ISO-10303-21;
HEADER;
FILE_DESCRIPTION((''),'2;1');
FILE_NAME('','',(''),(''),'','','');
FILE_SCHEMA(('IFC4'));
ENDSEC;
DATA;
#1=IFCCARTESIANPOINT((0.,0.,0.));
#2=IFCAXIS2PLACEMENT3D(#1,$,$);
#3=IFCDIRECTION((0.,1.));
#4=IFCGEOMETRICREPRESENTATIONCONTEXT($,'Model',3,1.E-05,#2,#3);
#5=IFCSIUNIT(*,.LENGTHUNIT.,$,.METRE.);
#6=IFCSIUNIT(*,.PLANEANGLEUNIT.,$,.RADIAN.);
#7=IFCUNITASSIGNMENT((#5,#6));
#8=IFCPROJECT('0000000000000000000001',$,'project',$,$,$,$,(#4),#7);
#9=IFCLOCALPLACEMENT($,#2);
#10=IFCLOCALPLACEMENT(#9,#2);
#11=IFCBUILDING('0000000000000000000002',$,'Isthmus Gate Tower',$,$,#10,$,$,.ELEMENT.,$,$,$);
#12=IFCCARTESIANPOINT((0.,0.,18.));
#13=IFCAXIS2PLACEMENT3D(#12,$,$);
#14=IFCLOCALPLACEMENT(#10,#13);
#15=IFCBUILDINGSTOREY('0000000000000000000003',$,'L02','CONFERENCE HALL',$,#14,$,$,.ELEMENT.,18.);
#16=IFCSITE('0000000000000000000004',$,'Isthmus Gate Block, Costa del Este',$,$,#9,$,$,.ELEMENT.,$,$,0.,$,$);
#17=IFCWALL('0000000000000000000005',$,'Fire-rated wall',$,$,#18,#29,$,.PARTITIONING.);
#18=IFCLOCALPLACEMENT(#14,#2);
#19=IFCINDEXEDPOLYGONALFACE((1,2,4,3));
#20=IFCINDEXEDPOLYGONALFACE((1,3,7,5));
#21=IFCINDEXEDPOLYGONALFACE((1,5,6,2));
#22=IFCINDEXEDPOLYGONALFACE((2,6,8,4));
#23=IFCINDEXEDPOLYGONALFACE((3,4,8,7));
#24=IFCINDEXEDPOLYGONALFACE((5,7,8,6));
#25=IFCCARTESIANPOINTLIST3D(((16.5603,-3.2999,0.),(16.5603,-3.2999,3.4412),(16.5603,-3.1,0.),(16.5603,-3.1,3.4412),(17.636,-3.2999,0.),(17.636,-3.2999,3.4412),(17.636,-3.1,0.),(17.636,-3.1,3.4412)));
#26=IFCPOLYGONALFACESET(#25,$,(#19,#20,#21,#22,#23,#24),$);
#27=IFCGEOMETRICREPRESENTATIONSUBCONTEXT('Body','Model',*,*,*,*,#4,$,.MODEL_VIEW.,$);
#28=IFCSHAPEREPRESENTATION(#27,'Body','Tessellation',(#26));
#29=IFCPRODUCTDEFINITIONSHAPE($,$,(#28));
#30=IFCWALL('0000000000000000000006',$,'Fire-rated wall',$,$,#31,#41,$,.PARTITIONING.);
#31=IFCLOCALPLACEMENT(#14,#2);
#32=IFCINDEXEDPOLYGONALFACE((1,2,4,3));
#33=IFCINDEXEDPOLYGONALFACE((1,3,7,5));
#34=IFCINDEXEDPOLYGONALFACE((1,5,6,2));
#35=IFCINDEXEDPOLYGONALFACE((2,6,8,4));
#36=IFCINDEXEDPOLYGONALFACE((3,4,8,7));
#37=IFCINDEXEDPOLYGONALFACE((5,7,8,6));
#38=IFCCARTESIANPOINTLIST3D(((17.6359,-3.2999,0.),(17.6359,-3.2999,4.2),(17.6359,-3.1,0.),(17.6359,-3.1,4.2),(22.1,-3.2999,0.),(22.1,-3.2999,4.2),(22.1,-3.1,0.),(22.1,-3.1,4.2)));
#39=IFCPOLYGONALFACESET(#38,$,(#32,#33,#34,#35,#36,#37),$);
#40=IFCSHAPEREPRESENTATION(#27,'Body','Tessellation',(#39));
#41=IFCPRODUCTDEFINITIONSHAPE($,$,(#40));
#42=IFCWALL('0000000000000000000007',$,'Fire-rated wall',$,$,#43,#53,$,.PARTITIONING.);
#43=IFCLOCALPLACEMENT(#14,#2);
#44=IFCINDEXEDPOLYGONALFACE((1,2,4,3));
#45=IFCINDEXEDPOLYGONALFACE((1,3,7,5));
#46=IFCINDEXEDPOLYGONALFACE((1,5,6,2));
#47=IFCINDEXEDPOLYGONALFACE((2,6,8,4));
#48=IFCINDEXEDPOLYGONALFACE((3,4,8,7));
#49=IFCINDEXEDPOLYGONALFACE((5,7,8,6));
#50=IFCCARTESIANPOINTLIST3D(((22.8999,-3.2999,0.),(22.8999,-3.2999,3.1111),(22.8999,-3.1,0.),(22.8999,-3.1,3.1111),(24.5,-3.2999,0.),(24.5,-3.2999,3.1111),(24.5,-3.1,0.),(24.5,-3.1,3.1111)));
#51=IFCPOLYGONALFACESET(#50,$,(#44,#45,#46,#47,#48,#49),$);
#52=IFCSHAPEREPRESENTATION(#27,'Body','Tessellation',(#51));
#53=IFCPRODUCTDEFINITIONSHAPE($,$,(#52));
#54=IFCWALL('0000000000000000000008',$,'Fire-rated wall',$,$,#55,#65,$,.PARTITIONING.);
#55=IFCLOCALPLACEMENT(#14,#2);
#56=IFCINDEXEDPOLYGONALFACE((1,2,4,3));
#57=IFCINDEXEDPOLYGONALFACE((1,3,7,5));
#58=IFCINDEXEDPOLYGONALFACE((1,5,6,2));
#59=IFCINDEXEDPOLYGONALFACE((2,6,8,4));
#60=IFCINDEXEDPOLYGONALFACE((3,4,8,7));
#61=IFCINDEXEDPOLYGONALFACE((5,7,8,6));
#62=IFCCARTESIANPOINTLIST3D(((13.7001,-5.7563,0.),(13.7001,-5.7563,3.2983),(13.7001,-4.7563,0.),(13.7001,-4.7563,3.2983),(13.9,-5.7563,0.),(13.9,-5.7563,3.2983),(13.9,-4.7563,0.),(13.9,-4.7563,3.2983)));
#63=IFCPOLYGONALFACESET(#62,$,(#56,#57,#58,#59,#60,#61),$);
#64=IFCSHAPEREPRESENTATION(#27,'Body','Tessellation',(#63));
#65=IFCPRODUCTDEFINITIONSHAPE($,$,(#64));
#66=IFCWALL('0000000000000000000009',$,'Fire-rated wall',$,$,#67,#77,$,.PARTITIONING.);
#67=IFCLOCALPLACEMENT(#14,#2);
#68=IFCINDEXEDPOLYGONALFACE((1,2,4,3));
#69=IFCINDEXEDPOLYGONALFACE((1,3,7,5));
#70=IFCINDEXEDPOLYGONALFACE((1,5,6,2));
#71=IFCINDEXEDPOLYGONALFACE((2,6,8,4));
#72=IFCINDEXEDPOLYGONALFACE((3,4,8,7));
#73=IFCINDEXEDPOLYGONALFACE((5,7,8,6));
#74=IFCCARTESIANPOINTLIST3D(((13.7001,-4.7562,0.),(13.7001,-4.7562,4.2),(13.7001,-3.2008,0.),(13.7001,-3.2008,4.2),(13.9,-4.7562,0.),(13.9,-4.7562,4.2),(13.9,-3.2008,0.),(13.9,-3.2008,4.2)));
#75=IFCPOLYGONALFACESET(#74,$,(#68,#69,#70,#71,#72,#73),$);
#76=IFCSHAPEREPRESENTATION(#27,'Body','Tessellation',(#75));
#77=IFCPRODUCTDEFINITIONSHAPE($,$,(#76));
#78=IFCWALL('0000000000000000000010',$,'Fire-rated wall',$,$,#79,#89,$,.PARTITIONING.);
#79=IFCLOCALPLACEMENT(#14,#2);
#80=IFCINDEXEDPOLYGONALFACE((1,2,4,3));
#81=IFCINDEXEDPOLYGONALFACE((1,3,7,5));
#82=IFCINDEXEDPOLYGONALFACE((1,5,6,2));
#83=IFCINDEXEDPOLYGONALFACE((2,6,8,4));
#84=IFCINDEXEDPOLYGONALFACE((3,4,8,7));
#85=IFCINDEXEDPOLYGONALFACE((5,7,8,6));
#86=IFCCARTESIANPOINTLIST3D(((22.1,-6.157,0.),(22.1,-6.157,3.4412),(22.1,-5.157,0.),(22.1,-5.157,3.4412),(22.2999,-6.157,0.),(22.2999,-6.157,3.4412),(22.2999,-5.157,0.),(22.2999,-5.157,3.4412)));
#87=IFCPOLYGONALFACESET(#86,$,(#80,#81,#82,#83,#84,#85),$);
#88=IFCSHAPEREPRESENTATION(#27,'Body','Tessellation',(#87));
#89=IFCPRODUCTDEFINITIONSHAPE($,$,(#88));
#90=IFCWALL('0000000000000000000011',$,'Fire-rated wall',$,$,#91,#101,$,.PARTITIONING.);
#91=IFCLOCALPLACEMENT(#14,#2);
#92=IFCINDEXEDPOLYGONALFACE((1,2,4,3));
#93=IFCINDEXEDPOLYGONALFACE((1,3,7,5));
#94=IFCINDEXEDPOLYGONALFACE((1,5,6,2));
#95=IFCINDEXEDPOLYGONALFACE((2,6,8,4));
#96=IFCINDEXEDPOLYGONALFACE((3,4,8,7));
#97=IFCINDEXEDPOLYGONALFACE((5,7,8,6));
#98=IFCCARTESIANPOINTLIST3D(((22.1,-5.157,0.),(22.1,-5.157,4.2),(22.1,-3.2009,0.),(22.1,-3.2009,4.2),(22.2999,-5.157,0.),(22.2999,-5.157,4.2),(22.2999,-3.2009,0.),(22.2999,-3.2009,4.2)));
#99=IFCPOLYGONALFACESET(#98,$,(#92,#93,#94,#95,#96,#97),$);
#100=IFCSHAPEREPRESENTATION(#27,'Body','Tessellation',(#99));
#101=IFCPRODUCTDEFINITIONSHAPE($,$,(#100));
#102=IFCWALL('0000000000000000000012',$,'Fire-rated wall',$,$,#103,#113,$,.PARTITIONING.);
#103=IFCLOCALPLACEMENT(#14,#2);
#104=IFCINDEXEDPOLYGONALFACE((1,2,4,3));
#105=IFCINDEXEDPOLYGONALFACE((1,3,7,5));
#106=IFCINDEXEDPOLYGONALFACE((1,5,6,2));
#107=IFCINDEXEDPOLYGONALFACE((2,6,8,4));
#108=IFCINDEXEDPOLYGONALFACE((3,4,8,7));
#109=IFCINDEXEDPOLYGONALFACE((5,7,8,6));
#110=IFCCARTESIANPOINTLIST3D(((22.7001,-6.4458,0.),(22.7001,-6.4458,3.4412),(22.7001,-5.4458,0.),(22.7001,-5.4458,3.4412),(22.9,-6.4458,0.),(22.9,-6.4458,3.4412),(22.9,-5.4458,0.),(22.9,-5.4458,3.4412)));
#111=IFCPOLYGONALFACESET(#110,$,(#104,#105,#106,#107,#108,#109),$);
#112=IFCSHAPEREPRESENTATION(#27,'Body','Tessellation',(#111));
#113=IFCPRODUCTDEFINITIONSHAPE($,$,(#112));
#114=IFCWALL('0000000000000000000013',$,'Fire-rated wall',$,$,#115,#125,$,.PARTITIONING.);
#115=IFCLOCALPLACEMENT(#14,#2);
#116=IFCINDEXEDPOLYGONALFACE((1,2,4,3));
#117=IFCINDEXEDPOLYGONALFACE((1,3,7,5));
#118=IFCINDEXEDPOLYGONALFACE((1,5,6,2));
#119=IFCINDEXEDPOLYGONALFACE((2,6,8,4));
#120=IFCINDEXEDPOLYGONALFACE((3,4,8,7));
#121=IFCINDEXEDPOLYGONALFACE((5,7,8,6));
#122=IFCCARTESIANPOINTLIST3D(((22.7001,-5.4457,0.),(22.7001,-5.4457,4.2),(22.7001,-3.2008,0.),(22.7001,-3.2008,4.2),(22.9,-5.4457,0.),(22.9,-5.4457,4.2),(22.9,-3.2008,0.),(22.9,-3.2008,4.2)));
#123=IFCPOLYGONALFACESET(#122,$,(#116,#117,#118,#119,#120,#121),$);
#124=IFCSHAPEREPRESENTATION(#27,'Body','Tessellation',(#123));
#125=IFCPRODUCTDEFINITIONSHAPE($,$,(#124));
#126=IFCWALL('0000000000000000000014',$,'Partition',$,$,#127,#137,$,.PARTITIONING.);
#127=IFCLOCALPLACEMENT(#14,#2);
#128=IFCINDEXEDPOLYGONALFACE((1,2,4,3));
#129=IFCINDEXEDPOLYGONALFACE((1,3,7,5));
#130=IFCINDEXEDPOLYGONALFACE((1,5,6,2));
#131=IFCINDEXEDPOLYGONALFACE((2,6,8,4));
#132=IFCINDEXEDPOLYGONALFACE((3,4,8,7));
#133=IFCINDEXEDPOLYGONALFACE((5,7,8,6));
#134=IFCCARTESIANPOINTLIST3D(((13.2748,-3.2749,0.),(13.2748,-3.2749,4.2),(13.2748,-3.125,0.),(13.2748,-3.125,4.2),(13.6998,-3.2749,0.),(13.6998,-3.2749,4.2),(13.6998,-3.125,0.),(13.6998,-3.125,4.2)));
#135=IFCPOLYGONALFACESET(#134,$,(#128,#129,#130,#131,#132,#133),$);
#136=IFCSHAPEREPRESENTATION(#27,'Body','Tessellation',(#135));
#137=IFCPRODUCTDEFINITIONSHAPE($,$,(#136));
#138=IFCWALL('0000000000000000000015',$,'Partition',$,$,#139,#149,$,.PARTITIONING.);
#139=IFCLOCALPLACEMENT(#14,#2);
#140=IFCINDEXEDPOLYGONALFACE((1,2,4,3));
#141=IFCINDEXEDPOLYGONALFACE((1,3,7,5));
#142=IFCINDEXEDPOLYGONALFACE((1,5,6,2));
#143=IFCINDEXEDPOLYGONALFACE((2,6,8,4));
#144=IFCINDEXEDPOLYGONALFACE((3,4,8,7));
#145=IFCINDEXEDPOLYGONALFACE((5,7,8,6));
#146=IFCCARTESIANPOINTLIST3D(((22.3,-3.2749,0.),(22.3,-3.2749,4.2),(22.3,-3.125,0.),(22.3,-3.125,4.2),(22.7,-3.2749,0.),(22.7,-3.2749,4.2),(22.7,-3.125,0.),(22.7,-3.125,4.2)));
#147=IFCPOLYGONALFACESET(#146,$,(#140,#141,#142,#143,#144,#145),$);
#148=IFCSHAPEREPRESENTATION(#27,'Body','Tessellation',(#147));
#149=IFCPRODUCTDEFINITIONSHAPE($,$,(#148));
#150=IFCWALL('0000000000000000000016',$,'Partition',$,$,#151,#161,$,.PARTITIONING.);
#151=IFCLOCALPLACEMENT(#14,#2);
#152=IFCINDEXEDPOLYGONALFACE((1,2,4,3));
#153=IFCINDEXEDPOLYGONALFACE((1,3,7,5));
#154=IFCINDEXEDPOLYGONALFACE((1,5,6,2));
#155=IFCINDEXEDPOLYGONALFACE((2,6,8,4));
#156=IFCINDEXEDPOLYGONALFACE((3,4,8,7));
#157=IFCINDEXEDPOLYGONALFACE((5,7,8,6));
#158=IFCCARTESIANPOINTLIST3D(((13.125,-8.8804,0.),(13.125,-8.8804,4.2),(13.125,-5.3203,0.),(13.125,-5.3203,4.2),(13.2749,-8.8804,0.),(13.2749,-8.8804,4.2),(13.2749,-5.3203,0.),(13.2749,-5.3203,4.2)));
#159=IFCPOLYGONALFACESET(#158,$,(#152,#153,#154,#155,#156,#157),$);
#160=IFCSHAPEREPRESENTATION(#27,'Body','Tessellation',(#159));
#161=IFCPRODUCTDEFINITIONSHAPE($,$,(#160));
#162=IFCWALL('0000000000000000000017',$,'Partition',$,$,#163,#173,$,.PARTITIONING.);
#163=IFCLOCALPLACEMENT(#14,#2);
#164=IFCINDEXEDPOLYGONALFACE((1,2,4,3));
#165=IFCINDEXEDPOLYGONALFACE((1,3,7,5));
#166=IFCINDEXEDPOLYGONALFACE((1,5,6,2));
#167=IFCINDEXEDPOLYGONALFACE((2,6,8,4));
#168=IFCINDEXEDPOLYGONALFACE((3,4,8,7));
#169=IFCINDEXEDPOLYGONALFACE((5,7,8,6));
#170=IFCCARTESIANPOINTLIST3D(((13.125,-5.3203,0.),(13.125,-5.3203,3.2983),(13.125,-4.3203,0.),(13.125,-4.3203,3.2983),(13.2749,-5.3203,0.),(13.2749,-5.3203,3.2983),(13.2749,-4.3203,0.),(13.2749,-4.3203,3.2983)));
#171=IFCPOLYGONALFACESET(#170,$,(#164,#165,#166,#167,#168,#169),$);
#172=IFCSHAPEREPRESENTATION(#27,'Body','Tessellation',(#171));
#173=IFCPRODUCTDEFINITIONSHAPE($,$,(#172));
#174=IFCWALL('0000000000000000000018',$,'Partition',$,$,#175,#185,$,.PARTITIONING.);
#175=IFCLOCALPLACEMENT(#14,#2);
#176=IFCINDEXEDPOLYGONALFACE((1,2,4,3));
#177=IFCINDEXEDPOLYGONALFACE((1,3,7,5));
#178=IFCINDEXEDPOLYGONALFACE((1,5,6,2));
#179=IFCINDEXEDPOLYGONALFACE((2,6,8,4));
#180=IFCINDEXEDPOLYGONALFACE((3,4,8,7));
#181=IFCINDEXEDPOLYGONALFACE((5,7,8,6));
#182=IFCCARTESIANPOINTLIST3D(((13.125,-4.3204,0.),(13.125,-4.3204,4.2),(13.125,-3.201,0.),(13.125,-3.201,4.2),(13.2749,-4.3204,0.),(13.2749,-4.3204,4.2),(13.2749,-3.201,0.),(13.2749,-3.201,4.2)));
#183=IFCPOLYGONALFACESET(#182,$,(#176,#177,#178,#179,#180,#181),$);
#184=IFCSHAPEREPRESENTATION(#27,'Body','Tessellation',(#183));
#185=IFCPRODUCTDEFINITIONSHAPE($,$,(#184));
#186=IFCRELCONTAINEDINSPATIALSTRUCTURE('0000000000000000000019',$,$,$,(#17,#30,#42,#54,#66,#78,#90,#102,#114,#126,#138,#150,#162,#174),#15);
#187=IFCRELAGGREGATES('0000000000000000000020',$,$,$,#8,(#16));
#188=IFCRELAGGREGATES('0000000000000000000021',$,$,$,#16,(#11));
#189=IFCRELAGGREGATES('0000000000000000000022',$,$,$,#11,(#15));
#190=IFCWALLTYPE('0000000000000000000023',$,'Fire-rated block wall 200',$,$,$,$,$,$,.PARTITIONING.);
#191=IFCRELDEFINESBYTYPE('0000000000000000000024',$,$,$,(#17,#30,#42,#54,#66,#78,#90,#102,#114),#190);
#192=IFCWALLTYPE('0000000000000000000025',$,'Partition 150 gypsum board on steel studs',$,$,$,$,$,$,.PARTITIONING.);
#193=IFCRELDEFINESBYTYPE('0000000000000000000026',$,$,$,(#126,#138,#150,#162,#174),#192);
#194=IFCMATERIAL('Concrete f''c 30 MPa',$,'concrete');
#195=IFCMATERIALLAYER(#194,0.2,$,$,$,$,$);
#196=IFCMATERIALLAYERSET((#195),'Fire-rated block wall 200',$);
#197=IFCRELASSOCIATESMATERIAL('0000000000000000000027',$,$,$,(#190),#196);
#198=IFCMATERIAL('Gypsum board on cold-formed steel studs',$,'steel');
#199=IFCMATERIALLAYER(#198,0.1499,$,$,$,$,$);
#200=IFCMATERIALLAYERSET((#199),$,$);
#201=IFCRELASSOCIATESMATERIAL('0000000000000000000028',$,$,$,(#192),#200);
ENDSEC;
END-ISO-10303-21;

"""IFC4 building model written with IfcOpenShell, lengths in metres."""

from ifc_helpers import new_model, si_unit, direction, frame, frame_2d, origin, place, context, subcontext, project, spatial, rectangle, extrude, material, layer, layer_set, type_object, element, save


model = new_model("IFC4")

# Units and contexts
model_context = context("Model", 3, precision=1e-05, world=origin(), true_north=direction((0.0, 1.0)))
body_context = subcontext(model_context, "Body", "Model", "MODEL_VIEW")
ifc_project = project(units=[si_unit("LENGTHUNIT", "METRE"), si_unit("PLANEANGLEUNIT", "RADIAN")], contexts=[model_context])

# Site, building, storey
site_placement = place(None, origin())
site = spatial("IfcSite", under=ifc_project, at=site_placement, Name="Isthmus Gate Block, Costa del Este", CompositionType="ELEMENT", RefElevation=0.0)
building_placement = place(site_placement, origin())
building = spatial("IfcBuilding", under=site, at=building_placement, Name="Isthmus Gate Tower", CompositionType="ELEMENT")
storey_placement = place(building_placement, frame((0.0, 0.0, 18.0)))
storey = spatial("IfcBuildingStorey", under=building, at=storey_placement, Name="L02", Description="CONFERENCE HALL", CompositionType="ELEMENT", Elevation=18.0)

# Shared definitions
ifc_material_1 = material(Name="Concrete f'c 30 MPa", Category="concrete")
ifc_layer_1 = layer(ifc_material_1, 0.2)
ifc_layer_set_1 = layer_set([ifc_layer_1], Name="Fire-rated block wall 200")
wall_type_1 = type_object("IfcWallType", Name="Fire-rated block wall 200", PredefinedType="PARTITIONING", material=ifc_layer_set_1)

# Walls
wall_1_placement = place(storey_placement, frame((16.5603, -3.2, 0.0), z_axis=(0.0, 0.0, 1.0), x_axis=(1.0, 0.0, 0.0)))
element("IfcWall", 1, at=wall_1_placement, inside=storey, type_object=wall_type_1, Name="Fire-rated wall", PredefinedType="PARTITIONING", context=body_context, shape_type="SweptSolid", body=[
    extrude(rectangle(XDim=1.0757, YDim=0.2, at=frame_2d((0.5378, 0.0))), origin(), (0.0, 0.0, 1.0), 3.4412),
])
wall_2_placement = place(storey_placement, frame((17.636, -3.2, 0.0), z_axis=(0.0, 0.0, 1.0), x_axis=(1.0, 0.0, 0.0)))
element("IfcWall", 2, at=wall_2_placement, inside=storey, type_object=wall_type_1, Name="Fire-rated wall", PredefinedType="PARTITIONING", context=body_context, shape_type="SweptSolid", body=[
    extrude(rectangle(XDim=4.4641, YDim=0.2, at=frame_2d((2.2319, 0.0))), origin(), (0.0, 0.0, 1.0), 4.2),
])
wall_3_placement = place(storey_placement, frame((22.8999, -3.2, 0.0), z_axis=(0.0, 0.0, 1.0), x_axis=(1.0, 0.0, 0.0)))
element("IfcWall", 3, at=wall_3_placement, inside=storey, type_object=wall_type_1, Name="Fire-rated wall", PredefinedType="PARTITIONING", context=body_context, shape_type="SweptSolid", body=[
    extrude(rectangle(XDim=1.6001, YDim=0.2, at=frame_2d((0.8, 0.0))), origin(), (0.0, 0.0, 1.0), 3.1111),
])

# Walls
wall_4_placement = place(storey_placement, frame((13.8, -5.7563, 0.0), z_axis=(0.0, 0.0, 1.0), x_axis=(0.0, 1.0, 0.0)))
element("IfcWall", 4, at=wall_4_placement, inside=storey, type_object=wall_type_1, Name="Fire-rated wall", PredefinedType="PARTITIONING", context=body_context, shape_type="SweptSolid", body=[
    extrude(rectangle(XDim=1.0, YDim=0.2, at=frame_2d((0.5, 0.0))), origin(), (0.0, 0.0, 1.0), 3.2983),
])
wall_5_placement = place(storey_placement, frame((13.8, -4.7563, 0.0), z_axis=(0.0, 0.0, 1.0), x_axis=(0.0, 1.0, 0.0)))
element("IfcWall", 5, at=wall_5_placement, inside=storey, type_object=wall_type_1, Name="Fire-rated wall", PredefinedType="PARTITIONING", context=body_context, shape_type="SweptSolid", body=[
    extrude(rectangle(XDim=1.5554, YDim=0.2, at=frame_2d((0.7778, 0.0))), origin(), (0.0, 0.0, 1.0), 4.2),
])
wall_6_placement = place(storey_placement, frame((22.2, -6.157, 0.0), z_axis=(0.0, 0.0, 1.0), x_axis=(0.0, 1.0, 0.0)))
element("IfcWall", 6, at=wall_6_placement, inside=storey, type_object=wall_type_1, Name="Fire-rated wall", PredefinedType="PARTITIONING", context=body_context, shape_type="SweptSolid", body=[
    extrude(rectangle(XDim=1.0, YDim=0.2, at=frame_2d((0.5, 0.0))), origin(), (0.0, 0.0, 1.0), 3.4412),
])
wall_7_placement = place(storey_placement, frame((22.2, -5.157, 0.0), z_axis=(0.0, 0.0, 1.0), x_axis=(0.0, 1.0, 0.0)))
element("IfcWall", 7, at=wall_7_placement, inside=storey, type_object=wall_type_1, Name="Fire-rated wall", PredefinedType="PARTITIONING", context=body_context, shape_type="SweptSolid", body=[
    extrude(rectangle(XDim=1.9561, YDim=0.2, at=frame_2d((0.978, 0.0))), origin(), (0.0, 0.0, 1.0), 4.2),
])
wall_8_placement = place(storey_placement, frame((22.8, -6.4458, 0.0), z_axis=(0.0, 0.0, 1.0), x_axis=(0.0, 1.0, 0.0)))
element("IfcWall", 8, at=wall_8_placement, inside=storey, type_object=wall_type_1, Name="Fire-rated wall", PredefinedType="PARTITIONING", context=body_context, shape_type="SweptSolid", body=[
    extrude(rectangle(XDim=1.0, YDim=0.2, at=frame_2d((0.5, 0.0))), origin(), (0.0, 0.0, 1.0), 3.4412),
])
wall_9_placement = place(storey_placement, frame((22.8, -5.4458, 0.0), z_axis=(0.0, 0.0, 1.0), x_axis=(0.0, 1.0, 0.0)))
element("IfcWall", 9, at=wall_9_placement, inside=storey, type_object=wall_type_1, Name="Fire-rated wall", PredefinedType="PARTITIONING", context=body_context, shape_type="SweptSolid", body=[
    extrude(rectangle(XDim=2.2449, YDim=0.2, at=frame_2d((1.1226, 0.0))), origin(), (0.0, 0.0, 1.0), 4.2),
])
ifc_material_2 = material(Name="Gypsum board on cold-formed steel studs", Category="steel")
ifc_layer_2 = layer(ifc_material_2, 0.1499)
ifc_layer_set_2 = layer_set([ifc_layer_2])
wall_type_2 = type_object("IfcWallType", Name="Partition 150 gypsum board on steel studs", PredefinedType="PARTITIONING", material=ifc_layer_set_2)
wall_10_placement = place(storey_placement, frame((13.2749, -3.2, 0.0), z_axis=(0.0, 0.0, 1.0), x_axis=(1.0, 0.0, 0.0)))
element("IfcWall", 10, at=wall_10_placement, inside=storey, type_object=wall_type_2, Name="Partition", PredefinedType="PARTITIONING", context=body_context, shape_type="SweptSolid", body=[
    extrude(rectangle(XDim=0.425, YDim=0.1499, at=frame_2d((0.2124, 0.0))), origin(), (0.0, 0.0, 1.0), 4.2),
])
wall_11_placement = place(storey_placement, frame((22.3, -3.2, 0.0), z_axis=(0.0, 0.0, 1.0), x_axis=(1.0, 0.0, 0.0)))
element("IfcWall", 11, at=wall_11_placement, inside=storey, type_object=wall_type_2, Name="Partition", PredefinedType="PARTITIONING", context=body_context, shape_type="SweptSolid", body=[
    extrude(rectangle(XDim=0.3999, YDim=0.1499, at=frame_2d((0.2, 0.0))), origin(), (0.0, 0.0, 1.0), 4.2),
])
wall_12_placement = place(storey_placement, frame((13.2, -8.8804, 0.0), z_axis=(0.0, 0.0, 1.0), x_axis=(0.0, 1.0, 0.0)))
element("IfcWall", 12, at=wall_12_placement, inside=storey, type_object=wall_type_2, Name="Partition", PredefinedType="PARTITIONING", context=body_context, shape_type="SweptSolid", body=[
    extrude(rectangle(XDim=3.5601, YDim=0.1499, at=frame_2d((1.78, 0.0))), origin(), (0.0, 0.0, 1.0), 4.2),
])
wall_13_placement = place(storey_placement, frame((13.2, -5.3203, 0.0), z_axis=(0.0, 0.0, 1.0), x_axis=(0.0, 1.0, 0.0)))
element("IfcWall", 13, at=wall_13_placement, inside=storey, type_object=wall_type_2, Name="Partition", PredefinedType="PARTITIONING", context=body_context, shape_type="SweptSolid", body=[
    extrude(rectangle(XDim=1.0, YDim=0.1499, at=frame_2d((0.5, 0.0))), origin(), (0.0, 0.0, 1.0), 3.2983),
])
wall_14_placement = place(storey_placement, frame((13.2, -4.3203, 0.0), z_axis=(0.0, 0.0, 1.0), x_axis=(0.0, 1.0, 0.0)))
element("IfcWall", 14, at=wall_14_placement, inside=storey, type_object=wall_type_2, Name="Partition", PredefinedType="PARTITIONING", context=body_context, shape_type="SweptSolid", body=[
    extrude(rectangle(XDim=1.1194, YDim=0.1499, at=frame_2d((0.5596, 0.0))), origin(), (0.0, 0.0, 1.0), 4.2),
])

save(model, "model.ifc")
